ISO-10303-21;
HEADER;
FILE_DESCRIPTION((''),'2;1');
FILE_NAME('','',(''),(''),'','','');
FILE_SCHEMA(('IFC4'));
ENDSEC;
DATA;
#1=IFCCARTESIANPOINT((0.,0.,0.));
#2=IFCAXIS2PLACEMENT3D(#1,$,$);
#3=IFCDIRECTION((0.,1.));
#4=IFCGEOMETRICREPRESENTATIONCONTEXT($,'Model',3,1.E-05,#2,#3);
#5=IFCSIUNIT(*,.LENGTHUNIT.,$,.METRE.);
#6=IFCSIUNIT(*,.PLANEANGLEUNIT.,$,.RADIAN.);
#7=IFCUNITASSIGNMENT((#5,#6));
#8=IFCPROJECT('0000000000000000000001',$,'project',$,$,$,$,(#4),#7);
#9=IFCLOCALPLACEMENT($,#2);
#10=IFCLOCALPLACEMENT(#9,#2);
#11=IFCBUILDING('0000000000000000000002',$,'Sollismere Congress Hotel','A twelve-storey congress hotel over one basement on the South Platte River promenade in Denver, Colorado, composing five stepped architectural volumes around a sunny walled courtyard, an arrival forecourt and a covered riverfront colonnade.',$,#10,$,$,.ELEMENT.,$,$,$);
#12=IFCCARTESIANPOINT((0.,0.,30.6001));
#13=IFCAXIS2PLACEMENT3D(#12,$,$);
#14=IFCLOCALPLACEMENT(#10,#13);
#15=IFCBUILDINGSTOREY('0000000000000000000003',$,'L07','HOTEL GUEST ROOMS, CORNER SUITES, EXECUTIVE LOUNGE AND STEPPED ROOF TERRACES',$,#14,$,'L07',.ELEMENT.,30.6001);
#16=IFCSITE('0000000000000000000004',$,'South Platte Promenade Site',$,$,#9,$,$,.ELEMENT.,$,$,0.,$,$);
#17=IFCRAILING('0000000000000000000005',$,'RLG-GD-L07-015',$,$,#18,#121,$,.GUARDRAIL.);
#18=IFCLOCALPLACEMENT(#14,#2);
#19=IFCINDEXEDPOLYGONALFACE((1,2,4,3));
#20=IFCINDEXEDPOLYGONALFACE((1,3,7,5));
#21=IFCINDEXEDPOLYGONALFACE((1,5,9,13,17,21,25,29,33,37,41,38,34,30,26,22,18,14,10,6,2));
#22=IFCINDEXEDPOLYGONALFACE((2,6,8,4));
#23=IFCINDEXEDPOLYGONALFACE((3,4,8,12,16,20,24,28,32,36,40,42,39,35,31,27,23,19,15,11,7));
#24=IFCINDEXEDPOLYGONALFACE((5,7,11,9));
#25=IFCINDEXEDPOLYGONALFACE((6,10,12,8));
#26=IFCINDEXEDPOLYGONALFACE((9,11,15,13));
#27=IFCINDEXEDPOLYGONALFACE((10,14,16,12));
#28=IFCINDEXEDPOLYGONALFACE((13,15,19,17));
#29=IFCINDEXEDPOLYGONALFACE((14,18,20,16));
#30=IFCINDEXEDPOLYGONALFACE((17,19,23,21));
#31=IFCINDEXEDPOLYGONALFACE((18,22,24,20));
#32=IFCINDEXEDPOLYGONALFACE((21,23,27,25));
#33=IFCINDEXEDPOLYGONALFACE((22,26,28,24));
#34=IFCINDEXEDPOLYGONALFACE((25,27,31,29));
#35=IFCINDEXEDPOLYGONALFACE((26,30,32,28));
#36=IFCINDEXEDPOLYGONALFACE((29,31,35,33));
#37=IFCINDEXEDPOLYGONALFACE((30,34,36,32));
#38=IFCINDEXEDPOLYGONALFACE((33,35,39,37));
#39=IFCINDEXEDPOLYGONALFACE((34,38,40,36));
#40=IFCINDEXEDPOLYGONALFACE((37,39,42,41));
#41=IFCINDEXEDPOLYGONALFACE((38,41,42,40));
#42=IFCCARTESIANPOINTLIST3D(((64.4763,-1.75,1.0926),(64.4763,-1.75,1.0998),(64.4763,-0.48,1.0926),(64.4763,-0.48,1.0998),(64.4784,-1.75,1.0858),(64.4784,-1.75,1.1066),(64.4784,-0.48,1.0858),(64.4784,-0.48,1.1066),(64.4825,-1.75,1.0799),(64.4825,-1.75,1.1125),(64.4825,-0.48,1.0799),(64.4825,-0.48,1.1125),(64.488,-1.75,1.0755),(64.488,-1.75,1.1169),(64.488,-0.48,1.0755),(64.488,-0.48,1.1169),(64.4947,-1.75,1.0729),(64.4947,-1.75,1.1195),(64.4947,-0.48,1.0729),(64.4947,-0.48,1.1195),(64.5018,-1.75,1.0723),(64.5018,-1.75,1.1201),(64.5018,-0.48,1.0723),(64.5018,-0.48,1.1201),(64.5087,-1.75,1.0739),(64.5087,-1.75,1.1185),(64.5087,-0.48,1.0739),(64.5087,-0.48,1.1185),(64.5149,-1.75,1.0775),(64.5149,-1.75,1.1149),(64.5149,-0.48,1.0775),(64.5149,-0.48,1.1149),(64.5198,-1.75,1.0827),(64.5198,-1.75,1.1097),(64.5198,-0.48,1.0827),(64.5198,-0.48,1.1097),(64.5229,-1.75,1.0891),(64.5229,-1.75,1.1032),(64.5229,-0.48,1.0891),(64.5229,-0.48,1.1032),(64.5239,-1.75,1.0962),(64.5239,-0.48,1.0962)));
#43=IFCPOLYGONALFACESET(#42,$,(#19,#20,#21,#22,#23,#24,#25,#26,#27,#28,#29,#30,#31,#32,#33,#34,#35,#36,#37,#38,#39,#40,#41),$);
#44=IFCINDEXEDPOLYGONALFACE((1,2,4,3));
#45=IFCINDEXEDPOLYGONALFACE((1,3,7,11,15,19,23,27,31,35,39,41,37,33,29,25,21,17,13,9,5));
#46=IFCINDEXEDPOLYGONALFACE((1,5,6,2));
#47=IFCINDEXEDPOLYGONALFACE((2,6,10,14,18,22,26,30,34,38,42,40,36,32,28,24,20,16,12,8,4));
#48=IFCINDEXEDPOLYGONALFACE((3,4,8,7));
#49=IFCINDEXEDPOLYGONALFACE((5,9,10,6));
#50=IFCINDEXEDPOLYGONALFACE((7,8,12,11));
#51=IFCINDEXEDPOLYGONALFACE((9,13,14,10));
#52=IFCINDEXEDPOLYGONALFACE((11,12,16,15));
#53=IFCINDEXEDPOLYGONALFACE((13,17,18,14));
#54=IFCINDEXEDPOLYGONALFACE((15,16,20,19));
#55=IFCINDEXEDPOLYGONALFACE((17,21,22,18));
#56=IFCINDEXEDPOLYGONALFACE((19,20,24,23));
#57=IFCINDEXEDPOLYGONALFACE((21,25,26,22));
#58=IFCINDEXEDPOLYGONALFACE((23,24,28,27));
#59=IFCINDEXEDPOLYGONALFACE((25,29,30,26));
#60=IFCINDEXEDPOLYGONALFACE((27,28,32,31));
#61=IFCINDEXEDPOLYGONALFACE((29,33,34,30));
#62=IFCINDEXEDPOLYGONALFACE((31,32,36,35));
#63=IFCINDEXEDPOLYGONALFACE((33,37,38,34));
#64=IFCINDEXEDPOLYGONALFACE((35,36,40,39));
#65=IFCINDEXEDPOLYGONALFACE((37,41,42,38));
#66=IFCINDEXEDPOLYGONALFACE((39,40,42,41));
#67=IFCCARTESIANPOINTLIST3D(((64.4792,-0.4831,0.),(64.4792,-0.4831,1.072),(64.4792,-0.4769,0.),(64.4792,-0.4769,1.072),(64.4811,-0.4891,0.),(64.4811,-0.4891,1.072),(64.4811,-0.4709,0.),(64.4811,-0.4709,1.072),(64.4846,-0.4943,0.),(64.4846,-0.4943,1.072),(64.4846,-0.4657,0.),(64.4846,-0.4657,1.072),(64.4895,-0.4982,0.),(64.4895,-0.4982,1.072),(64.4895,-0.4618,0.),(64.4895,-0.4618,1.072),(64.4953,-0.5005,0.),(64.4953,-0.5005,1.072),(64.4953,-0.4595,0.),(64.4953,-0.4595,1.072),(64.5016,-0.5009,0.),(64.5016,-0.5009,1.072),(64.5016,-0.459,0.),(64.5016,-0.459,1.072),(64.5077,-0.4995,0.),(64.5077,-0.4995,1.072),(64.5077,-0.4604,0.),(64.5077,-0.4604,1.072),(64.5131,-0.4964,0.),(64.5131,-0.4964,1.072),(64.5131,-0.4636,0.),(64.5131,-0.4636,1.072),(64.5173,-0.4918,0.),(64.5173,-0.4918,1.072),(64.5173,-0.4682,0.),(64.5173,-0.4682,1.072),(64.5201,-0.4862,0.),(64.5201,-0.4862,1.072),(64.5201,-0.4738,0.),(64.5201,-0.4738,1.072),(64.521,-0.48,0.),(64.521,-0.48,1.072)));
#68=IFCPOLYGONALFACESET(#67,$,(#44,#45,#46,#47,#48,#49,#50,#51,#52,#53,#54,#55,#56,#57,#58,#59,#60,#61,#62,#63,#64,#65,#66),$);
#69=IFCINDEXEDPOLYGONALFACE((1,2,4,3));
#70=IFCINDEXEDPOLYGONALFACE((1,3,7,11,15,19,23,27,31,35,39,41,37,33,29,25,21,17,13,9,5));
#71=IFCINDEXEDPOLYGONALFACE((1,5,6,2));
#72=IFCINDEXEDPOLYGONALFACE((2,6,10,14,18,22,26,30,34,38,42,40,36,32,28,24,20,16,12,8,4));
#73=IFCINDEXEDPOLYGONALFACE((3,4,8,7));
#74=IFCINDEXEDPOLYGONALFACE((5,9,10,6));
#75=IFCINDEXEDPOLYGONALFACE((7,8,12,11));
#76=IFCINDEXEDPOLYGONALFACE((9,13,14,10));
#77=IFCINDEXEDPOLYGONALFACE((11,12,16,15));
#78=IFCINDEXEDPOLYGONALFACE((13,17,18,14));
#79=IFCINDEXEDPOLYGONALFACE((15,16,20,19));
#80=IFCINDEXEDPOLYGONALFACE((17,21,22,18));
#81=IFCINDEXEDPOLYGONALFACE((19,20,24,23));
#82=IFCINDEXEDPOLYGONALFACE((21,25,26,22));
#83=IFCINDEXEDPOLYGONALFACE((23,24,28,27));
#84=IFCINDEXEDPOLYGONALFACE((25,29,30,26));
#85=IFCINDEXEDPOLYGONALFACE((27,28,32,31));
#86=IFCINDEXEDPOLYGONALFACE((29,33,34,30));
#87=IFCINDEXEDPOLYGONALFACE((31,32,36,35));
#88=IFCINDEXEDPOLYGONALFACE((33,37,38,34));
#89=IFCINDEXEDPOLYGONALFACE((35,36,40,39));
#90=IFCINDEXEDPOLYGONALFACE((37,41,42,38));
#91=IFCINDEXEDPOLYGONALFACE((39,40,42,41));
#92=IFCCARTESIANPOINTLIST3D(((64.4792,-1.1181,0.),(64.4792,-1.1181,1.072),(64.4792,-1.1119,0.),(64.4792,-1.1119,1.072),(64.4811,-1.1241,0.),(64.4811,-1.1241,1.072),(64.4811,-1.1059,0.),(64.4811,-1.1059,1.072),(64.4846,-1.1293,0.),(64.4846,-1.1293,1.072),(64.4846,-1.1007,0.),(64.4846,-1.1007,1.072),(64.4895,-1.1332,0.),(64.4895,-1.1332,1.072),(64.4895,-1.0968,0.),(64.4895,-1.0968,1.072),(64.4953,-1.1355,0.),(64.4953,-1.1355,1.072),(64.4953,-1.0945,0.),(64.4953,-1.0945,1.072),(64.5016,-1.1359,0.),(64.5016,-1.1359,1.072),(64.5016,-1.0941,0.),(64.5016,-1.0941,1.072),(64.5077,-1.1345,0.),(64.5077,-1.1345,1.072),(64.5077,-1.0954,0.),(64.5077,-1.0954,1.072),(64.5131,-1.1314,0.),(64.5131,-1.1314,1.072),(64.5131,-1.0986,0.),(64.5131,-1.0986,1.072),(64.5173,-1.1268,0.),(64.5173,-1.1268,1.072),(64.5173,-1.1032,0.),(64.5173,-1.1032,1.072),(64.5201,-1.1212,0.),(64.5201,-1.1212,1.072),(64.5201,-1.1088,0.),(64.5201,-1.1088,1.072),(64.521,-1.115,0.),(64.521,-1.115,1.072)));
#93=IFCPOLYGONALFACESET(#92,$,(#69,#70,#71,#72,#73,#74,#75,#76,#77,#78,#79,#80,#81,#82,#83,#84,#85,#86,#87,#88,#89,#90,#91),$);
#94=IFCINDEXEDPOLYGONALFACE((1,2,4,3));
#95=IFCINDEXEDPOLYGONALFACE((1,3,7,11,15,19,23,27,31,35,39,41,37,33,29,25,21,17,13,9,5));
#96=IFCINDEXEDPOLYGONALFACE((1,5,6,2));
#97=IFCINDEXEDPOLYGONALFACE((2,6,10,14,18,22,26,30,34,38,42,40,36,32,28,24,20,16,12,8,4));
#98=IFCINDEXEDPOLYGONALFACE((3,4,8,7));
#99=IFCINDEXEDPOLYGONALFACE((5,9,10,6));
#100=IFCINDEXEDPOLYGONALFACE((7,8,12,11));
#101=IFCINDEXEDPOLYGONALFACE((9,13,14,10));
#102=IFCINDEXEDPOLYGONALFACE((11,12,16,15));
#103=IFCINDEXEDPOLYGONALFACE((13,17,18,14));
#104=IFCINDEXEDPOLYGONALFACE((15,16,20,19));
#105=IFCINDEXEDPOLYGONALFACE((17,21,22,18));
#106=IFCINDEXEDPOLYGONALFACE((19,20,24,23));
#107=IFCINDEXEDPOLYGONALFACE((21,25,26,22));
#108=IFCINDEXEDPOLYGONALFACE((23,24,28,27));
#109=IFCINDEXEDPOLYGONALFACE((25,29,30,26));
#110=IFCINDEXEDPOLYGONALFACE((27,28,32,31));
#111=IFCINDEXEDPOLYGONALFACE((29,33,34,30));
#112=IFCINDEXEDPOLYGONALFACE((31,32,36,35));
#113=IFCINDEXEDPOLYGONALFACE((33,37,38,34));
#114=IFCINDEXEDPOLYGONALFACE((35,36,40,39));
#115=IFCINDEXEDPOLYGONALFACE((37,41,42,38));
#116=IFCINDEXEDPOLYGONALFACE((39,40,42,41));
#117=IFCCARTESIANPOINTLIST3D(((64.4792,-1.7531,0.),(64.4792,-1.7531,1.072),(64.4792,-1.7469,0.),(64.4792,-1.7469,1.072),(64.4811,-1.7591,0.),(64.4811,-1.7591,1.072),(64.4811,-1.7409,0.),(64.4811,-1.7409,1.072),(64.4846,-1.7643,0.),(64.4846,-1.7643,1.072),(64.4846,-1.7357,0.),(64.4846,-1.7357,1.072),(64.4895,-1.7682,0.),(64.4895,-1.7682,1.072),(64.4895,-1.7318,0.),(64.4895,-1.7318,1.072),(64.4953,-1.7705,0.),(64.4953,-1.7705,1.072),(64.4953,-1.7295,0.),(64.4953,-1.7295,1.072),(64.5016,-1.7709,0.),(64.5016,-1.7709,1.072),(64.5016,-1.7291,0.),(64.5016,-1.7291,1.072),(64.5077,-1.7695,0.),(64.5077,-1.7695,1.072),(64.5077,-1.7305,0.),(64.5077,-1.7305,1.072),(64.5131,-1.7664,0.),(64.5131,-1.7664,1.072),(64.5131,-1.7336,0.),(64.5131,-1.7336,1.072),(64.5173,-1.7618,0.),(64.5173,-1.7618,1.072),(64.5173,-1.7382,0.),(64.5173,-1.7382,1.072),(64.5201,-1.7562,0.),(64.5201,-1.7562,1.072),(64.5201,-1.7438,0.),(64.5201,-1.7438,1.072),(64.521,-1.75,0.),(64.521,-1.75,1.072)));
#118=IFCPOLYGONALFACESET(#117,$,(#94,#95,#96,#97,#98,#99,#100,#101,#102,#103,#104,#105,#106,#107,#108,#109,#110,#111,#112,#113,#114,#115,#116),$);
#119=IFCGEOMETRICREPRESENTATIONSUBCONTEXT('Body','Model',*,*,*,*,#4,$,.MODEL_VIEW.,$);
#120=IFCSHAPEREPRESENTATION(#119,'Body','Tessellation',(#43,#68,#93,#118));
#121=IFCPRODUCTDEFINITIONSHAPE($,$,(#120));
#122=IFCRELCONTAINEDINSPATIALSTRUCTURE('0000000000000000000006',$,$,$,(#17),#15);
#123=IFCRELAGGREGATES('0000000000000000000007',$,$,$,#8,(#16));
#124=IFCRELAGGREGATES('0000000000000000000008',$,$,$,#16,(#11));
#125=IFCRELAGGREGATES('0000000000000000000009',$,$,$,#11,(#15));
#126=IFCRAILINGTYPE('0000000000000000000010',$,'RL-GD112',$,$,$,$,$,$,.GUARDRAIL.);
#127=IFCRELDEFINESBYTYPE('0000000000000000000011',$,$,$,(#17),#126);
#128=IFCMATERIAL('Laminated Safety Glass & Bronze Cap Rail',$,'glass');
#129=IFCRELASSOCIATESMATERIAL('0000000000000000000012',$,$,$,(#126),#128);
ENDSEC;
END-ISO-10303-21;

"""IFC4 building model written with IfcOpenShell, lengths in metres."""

from ifc_helpers import new_model, si_unit, direction, frame, origin, origin_2d, place, context, subcontext, project, spatial, circle, extrude, material, type_object, element, save


model = new_model("IFC4")

# Units and contexts
model_context = context("Model", 3, precision=1e-05, world=origin(), true_north=direction((0.0, 1.0)))
body_context = subcontext(model_context, "Body", "Model", "MODEL_VIEW")
ifc_project = project(units=[si_unit("LENGTHUNIT", "METRE"), si_unit("PLANEANGLEUNIT", "RADIAN")], contexts=[model_context])

# Site, building, storey
site_placement = place(None, origin())
site = spatial("IfcSite", under=ifc_project, at=site_placement, Name="South Platte Promenade Site", CompositionType="ELEMENT", RefElevation=0.0)
building_placement = place(site_placement, origin())
building = spatial("IfcBuilding", under=site, at=building_placement, Name="Sollismere Congress Hotel", Description="A twelve-storey congress hotel over one basement on the South Platte River promenade in Denver, Colorado, composing five stepped architectural volumes around a sunny walled courtyard, an arrival forecourt and a covered riverfront colonnade.", CompositionType="ELEMENT")
storey_placement = place(building_placement, frame((0.0, 0.0, 30.6001)))
storey = spatial("IfcBuildingStorey", under=building, at=storey_placement, Name="L07", Description="HOTEL GUEST ROOMS, CORNER SUITES, EXECUTIVE LOUNGE AND STEPPED ROOF TERRACES", LongName="L07", CompositionType="ELEMENT", Elevation=30.6001)

# Railing
ifc_material_1 = material(Name="Laminated Safety Glass & Bronze Cap Rail", Category="glass")
railing_type = type_object("IfcRailingType", Name="RL-GD112", PredefinedType="GUARDRAIL", material=ifc_material_1)
railing_1_placement = place(storey_placement, frame((64.5, -0.48, 0.0)))
element("IfcRailing", 1, at=railing_1_placement, inside=storey, type_object=railing_type, Name="RLG-GD-L07-015", PredefinedType="GUARDRAIL", context=body_context, shape_type="SweptSolid", body=[
    extrude(circle(Radius=0.0239, at=origin_2d()), frame((0.0, 0.0, 1.0962), z_axis=(0.0, -1.0, 0.0), x_axis=(1.0, 0.0, 0.0)), (0.0, 0.0, 1.0), 1.27),
    extrude(circle(Radius=0.021, at=origin_2d()), origin(), (0.0, 0.0, 1.0), 1.072),
    extrude(circle(Radius=0.021, at=origin_2d()), frame((0.0, -0.635, 0.0)), (0.0, 0.0, 1.0), 1.072),
    extrude(circle(Radius=0.021, at=origin_2d()), frame((0.0, -1.27, 0.0)), (0.0, 0.0, 1.0), 1.072),
])

save(model, "model.ifc")
